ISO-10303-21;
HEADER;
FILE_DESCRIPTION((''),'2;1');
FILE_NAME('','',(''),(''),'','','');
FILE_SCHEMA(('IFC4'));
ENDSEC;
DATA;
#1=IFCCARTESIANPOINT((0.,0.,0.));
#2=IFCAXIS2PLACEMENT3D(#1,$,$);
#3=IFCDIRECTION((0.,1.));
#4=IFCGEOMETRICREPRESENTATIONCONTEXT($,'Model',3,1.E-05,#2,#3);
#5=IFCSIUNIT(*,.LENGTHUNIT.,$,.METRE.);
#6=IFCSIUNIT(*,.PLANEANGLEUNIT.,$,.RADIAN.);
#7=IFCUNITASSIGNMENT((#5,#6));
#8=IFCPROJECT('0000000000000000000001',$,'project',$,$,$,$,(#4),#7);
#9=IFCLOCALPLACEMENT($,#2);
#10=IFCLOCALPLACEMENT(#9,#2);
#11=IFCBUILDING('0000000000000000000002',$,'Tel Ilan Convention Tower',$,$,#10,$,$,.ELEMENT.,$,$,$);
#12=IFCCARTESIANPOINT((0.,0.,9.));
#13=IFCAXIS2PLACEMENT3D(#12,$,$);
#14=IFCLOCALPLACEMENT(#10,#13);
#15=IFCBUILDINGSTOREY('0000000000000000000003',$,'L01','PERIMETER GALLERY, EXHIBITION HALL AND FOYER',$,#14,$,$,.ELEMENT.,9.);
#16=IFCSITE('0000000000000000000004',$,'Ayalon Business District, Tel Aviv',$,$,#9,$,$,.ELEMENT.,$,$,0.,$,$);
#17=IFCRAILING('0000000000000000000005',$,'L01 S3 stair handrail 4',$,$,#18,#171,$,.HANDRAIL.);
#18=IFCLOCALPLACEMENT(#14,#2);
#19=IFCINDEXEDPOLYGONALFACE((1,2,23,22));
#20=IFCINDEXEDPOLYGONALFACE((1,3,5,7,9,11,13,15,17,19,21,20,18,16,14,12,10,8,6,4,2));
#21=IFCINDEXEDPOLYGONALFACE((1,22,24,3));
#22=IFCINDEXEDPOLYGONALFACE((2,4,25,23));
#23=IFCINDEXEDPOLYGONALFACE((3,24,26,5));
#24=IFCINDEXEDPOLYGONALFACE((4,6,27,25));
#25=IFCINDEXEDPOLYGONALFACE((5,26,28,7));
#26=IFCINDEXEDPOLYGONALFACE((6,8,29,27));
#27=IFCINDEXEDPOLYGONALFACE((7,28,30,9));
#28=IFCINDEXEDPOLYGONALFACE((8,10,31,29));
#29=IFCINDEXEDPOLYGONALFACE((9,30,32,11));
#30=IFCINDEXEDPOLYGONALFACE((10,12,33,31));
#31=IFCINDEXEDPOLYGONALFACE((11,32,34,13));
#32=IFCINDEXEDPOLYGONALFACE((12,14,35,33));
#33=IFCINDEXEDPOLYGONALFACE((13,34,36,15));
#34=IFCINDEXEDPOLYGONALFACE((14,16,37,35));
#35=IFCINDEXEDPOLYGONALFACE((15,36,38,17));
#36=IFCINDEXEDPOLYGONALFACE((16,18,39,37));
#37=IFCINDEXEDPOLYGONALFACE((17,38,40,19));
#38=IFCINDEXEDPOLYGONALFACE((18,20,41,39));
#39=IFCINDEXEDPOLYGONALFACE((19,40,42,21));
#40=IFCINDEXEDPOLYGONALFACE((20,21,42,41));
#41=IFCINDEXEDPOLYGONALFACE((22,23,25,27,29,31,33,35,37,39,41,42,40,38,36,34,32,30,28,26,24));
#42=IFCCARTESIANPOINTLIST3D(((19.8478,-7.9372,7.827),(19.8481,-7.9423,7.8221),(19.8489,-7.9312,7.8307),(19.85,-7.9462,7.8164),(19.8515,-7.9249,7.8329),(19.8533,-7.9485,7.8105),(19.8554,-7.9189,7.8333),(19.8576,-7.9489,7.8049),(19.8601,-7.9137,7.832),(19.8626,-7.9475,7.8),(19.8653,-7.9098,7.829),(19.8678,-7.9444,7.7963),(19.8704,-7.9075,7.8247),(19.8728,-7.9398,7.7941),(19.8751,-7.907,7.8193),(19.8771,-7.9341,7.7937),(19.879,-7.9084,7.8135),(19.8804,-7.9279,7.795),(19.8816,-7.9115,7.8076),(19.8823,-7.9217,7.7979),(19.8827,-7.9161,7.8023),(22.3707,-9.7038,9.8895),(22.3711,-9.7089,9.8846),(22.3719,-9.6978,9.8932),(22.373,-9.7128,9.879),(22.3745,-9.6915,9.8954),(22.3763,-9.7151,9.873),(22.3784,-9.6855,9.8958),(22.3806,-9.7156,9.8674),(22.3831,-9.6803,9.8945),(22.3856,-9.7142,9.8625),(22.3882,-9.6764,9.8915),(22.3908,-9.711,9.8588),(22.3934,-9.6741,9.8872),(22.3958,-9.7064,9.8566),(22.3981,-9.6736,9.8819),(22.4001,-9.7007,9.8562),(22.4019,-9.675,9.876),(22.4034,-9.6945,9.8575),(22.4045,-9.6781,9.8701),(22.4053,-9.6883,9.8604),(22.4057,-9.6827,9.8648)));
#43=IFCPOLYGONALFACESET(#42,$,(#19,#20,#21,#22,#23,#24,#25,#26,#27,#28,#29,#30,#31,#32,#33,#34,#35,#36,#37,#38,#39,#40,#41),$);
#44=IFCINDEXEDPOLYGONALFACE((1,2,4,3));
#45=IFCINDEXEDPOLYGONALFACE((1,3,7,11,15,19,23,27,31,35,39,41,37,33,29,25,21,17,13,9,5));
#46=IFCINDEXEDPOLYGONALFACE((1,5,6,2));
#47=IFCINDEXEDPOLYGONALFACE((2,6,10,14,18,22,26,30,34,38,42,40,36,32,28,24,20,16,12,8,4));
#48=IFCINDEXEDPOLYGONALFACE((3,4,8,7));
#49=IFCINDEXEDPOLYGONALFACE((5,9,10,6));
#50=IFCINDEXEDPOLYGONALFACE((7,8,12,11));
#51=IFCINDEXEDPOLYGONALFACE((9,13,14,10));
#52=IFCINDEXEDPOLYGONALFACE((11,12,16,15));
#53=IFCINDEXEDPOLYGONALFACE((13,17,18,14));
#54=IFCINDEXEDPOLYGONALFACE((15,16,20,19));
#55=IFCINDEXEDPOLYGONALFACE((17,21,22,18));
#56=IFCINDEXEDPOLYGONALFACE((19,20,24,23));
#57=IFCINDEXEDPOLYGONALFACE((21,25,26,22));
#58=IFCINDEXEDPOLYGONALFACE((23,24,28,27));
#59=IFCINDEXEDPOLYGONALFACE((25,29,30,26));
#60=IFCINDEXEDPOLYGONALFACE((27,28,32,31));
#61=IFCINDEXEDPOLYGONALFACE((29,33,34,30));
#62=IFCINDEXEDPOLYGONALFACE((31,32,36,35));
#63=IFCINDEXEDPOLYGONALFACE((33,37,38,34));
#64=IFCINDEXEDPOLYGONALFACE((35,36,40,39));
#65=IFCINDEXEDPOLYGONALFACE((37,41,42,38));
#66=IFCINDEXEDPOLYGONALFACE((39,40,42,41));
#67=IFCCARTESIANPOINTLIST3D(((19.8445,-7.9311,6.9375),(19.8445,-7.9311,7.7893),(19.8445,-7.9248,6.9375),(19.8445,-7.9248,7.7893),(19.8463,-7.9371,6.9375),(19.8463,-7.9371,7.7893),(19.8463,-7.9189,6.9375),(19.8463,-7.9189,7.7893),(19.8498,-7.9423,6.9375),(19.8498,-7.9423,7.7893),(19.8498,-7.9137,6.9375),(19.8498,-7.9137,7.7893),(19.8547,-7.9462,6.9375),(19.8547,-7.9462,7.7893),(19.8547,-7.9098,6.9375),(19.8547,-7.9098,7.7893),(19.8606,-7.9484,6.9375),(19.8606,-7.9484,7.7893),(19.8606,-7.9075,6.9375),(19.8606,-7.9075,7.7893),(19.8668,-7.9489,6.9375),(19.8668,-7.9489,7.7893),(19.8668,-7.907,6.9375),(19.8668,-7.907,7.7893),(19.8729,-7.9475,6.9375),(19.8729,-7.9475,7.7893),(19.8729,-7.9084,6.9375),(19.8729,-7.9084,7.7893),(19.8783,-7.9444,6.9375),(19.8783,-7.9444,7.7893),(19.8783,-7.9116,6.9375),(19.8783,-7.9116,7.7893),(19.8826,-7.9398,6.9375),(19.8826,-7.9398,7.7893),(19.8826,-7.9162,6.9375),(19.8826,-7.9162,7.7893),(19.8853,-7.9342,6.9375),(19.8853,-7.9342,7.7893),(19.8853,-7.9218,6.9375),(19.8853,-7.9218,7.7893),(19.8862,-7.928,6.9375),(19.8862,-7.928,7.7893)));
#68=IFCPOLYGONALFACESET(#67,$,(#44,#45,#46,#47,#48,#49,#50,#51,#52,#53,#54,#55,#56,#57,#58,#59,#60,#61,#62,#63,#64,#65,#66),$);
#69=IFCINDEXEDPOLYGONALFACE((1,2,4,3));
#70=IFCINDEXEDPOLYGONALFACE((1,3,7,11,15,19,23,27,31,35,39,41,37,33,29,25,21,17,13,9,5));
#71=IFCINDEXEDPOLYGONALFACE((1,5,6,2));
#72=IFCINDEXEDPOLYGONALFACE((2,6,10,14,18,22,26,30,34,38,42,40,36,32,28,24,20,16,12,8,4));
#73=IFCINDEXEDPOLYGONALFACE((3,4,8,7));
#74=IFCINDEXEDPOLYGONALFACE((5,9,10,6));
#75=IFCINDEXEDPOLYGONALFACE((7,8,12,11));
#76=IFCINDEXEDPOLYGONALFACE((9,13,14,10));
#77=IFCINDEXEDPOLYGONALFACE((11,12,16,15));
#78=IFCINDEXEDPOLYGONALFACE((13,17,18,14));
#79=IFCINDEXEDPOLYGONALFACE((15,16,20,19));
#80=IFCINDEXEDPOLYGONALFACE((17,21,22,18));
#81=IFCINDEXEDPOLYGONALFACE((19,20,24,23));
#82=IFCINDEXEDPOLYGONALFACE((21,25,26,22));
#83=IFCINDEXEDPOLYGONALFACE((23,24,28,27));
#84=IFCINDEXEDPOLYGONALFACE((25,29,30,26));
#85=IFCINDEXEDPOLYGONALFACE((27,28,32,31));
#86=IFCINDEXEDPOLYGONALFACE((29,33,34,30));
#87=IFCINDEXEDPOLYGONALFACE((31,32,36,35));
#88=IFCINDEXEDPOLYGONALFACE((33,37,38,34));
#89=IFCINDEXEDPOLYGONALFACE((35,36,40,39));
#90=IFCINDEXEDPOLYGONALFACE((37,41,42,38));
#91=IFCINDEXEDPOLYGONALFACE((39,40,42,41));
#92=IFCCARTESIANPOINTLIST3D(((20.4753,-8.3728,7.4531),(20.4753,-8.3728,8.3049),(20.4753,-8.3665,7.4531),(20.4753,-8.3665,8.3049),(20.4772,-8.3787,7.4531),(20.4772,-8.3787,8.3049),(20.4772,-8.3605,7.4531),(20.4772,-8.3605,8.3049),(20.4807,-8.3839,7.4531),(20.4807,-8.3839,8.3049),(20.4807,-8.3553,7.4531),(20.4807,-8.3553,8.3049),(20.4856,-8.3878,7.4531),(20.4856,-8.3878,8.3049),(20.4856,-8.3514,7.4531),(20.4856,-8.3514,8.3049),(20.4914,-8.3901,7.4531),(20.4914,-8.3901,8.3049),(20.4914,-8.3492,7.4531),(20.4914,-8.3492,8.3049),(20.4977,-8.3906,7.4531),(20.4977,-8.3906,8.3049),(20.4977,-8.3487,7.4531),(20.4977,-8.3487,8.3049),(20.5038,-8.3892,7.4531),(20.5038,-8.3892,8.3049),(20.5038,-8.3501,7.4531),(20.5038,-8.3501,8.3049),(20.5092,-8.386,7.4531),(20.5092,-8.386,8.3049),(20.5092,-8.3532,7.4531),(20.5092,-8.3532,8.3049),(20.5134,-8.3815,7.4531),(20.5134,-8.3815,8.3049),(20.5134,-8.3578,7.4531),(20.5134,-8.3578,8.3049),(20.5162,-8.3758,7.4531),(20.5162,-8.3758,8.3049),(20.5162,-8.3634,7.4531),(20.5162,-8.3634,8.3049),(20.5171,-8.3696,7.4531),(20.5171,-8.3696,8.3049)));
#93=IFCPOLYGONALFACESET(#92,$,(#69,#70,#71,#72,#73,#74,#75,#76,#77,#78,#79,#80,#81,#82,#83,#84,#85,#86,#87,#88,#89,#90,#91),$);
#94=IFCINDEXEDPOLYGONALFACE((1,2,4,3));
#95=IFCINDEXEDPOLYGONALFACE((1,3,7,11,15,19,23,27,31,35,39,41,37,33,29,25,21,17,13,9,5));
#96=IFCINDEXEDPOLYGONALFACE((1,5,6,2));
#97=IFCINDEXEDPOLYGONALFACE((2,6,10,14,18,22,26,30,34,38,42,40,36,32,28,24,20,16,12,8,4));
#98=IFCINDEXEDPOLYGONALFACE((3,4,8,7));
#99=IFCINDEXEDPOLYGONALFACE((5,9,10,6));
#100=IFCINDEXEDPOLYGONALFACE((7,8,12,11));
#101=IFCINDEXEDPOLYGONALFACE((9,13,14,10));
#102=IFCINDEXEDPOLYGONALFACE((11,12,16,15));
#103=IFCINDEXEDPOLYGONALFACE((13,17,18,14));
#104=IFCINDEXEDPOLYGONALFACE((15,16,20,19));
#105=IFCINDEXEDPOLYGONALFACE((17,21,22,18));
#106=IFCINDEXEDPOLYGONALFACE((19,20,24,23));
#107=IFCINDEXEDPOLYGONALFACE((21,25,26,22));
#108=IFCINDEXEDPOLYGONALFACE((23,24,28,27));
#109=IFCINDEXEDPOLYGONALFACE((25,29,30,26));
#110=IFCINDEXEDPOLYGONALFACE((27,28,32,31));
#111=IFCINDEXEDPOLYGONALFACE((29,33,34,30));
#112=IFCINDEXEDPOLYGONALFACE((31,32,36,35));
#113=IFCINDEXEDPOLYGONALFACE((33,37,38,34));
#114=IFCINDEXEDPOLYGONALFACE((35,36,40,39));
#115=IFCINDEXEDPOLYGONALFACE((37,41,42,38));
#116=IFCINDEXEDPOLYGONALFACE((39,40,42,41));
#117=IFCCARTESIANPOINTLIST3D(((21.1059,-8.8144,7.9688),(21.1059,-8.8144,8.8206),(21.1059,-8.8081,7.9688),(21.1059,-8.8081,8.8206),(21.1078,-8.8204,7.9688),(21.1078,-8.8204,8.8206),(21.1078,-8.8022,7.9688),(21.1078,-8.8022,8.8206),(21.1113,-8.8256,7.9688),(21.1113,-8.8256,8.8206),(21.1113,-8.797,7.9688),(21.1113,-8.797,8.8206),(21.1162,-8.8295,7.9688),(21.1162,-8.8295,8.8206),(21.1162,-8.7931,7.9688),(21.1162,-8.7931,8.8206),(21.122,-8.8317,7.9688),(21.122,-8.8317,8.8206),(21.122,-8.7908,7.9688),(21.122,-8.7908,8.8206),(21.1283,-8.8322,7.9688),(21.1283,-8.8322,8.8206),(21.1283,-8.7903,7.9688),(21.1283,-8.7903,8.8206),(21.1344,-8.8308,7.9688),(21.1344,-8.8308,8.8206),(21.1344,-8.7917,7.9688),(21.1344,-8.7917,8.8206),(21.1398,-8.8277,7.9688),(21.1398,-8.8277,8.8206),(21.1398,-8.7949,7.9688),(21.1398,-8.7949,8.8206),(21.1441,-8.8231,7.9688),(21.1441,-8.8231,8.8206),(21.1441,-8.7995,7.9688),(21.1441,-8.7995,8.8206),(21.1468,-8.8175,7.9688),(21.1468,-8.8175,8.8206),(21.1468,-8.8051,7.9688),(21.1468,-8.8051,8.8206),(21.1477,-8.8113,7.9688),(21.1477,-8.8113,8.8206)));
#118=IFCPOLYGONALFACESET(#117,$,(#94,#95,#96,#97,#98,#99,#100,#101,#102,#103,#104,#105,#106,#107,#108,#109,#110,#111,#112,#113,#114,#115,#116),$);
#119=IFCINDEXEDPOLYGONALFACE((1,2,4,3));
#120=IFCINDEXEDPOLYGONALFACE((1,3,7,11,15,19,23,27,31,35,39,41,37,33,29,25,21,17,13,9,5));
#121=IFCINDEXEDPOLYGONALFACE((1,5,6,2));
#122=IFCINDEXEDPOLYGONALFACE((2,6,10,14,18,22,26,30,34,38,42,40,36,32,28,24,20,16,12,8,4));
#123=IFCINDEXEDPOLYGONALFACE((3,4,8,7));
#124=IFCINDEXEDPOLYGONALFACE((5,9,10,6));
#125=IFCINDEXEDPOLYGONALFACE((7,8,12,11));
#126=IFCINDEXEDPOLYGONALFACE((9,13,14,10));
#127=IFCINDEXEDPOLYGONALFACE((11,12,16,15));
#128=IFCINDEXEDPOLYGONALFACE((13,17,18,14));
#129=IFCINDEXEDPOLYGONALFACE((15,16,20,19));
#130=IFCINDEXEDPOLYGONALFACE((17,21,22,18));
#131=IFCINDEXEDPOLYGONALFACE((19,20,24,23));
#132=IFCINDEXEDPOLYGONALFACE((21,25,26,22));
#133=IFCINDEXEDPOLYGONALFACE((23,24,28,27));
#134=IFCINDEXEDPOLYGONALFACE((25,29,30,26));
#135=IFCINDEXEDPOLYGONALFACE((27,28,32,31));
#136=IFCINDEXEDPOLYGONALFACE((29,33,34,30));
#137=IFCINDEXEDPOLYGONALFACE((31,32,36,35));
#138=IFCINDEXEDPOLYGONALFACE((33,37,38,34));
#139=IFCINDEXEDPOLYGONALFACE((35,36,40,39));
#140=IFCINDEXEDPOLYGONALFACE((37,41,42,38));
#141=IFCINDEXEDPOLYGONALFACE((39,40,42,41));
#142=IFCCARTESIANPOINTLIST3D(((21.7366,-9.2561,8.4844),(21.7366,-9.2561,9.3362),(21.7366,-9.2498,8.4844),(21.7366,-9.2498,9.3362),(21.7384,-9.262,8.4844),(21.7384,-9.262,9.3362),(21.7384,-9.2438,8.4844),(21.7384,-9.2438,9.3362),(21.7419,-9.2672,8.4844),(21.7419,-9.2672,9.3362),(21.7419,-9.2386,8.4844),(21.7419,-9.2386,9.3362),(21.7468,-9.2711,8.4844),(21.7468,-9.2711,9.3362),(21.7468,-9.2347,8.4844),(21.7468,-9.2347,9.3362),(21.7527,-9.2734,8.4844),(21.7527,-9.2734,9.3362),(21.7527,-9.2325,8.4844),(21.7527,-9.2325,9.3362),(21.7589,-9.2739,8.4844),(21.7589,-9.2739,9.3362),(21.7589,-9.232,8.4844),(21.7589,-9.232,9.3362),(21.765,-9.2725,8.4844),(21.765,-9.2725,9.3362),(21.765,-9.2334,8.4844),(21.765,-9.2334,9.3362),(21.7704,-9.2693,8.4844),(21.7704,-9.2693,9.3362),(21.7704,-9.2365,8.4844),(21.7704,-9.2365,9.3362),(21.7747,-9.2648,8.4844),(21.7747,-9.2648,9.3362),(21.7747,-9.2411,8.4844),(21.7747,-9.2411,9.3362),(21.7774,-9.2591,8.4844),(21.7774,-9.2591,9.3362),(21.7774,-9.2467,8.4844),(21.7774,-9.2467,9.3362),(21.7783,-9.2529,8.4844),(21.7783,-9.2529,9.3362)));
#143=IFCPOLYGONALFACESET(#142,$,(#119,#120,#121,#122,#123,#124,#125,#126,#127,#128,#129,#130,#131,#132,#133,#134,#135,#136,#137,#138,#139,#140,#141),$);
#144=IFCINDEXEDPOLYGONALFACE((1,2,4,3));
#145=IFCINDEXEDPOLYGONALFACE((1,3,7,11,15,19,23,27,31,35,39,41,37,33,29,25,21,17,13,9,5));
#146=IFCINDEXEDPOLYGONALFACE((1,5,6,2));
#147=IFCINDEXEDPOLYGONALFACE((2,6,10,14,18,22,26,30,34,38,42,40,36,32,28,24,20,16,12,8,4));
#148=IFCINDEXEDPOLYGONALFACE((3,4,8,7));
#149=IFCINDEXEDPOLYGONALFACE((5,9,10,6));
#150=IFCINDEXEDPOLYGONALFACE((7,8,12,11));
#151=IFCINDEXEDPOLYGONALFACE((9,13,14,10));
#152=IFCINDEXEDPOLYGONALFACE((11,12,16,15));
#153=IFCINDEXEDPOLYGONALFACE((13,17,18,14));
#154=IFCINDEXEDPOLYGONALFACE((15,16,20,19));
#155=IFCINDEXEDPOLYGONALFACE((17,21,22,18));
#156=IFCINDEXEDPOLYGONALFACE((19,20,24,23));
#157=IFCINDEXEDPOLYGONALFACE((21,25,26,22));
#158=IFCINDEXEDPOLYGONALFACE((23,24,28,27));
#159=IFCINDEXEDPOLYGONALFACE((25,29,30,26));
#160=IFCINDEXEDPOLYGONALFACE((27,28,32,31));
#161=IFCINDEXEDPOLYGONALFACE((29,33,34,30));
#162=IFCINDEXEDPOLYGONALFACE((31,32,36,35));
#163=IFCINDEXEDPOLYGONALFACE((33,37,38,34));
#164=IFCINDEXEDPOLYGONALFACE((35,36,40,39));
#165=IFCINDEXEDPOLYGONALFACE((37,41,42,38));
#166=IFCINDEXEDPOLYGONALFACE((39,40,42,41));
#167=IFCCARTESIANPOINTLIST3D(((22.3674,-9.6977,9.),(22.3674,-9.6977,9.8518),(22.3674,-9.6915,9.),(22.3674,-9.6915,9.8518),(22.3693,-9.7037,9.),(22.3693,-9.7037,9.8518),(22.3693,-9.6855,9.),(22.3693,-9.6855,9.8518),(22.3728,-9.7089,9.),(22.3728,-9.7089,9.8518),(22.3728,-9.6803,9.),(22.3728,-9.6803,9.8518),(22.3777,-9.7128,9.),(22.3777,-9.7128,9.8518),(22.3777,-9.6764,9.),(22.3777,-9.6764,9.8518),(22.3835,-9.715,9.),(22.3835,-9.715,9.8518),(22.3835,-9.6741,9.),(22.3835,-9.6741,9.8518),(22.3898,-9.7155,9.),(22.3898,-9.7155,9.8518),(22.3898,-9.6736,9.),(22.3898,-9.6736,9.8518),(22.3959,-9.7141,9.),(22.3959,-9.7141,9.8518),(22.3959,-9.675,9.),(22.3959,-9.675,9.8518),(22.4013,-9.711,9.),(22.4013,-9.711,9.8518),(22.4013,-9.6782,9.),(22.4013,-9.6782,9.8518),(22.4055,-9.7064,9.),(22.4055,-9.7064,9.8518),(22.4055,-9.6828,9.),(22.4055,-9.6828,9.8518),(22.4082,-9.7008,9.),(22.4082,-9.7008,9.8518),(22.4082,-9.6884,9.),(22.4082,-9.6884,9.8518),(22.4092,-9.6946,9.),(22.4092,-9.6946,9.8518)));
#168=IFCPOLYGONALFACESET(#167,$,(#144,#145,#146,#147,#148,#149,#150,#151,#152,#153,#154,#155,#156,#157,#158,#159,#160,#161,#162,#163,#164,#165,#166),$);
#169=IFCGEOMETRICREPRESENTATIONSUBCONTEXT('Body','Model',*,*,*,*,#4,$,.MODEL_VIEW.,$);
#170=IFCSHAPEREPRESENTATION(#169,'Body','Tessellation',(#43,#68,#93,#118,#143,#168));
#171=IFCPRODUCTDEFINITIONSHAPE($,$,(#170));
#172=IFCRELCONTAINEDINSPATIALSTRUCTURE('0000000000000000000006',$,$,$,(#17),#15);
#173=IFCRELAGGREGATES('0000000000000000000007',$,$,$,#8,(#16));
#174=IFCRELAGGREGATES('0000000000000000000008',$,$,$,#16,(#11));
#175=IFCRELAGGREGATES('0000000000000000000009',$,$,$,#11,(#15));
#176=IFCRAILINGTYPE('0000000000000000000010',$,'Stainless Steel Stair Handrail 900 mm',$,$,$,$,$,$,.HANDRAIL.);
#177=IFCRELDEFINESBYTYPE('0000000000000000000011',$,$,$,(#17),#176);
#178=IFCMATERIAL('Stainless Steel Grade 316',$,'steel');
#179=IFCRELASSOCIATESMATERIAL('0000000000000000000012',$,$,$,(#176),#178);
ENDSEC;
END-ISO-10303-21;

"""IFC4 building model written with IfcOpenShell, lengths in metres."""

from ifc_helpers import new_model, si_unit, direction, frame, origin, origin_2d, place, context, subcontext, project, spatial, circle, extrude, material, type_object, element, save


model = new_model("IFC4")

# Units and contexts
model_context = context("Model", 3, precision=1e-05, world=origin(), true_north=direction((0.0, 1.0)))
body_context = subcontext(model_context, "Body", "Model", "MODEL_VIEW")
ifc_project = project(units=[si_unit("LENGTHUNIT", "METRE"), si_unit("PLANEANGLEUNIT", "RADIAN")], contexts=[model_context])

# Site, building, storey
site_placement = place(None, origin())
site = spatial("IfcSite", under=ifc_project, at=site_placement, Name="Ayalon Business District, Tel Aviv", CompositionType="ELEMENT", RefElevation=0.0)
building_placement = place(site_placement, origin())
building = spatial("IfcBuilding", under=site, at=building_placement, Name="Tel Ilan Convention Tower", CompositionType="ELEMENT")
storey_placement = place(building_placement, frame((0.0, 0.0, 9.0)))
storey = spatial("IfcBuildingStorey", under=building, at=storey_placement, Name="L01", Description="PERIMETER GALLERY, EXHIBITION HALL AND FOYER", CompositionType="ELEMENT", Elevation=9.0)

# Railing
ifc_material_1 = material(Name="Stainless Steel Grade 316", Category="steel")
railing_type_1 = type_object("IfcRailingType", Name="Stainless Steel Stair Handrail 900 mm", PredefinedType="HANDRAIL", material=ifc_material_1)
for number, where, name in (
    (1, (19.8652, -7.928, 6.9375), "L01 S3 stair handrail 4"),
):
    element("IfcRailing", number, at=place(storey_placement, frame(where)), inside=storey, type_object=railing_type_1, Name=name, PredefinedType="HANDRAIL", context=body_context, shape_type="SweptSolid", body=[
        extrude(circle(Radius=0.0239, at=origin_2d()), frame((0.0, 0.0, 0.876), z_axis=(0.680635, -0.476589, 0.556416), x_axis=(0.573579, 0.81915, 0.0)), (0.0, 0.0, 1.0), 3.7068),
        extrude(circle(Radius=0.021, at=origin_2d()), origin(), (0.0, 0.0, 1.0), 0.8518),
        extrude(circle(Radius=0.021, at=origin_2d()), frame((0.6309, -0.4417, 0.5156)), (0.0, 0.0, 1.0), 0.8518),
        extrude(circle(Radius=0.021, at=origin_2d()), frame((1.2615, -0.8833, 1.0312)), (0.0, 0.0, 1.0), 0.8518),
        extrude(circle(Radius=0.021, at=origin_2d()), frame((1.8921, -1.325, 1.5469)), (0.0, 0.0, 1.0), 0.8518),
        extrude(circle(Radius=0.021, at=origin_2d()), frame((2.5229, -1.7666, 2.0625)), (0.0, 0.0, 1.0), 0.8518),
    ])

save(model, "model.ifc")
